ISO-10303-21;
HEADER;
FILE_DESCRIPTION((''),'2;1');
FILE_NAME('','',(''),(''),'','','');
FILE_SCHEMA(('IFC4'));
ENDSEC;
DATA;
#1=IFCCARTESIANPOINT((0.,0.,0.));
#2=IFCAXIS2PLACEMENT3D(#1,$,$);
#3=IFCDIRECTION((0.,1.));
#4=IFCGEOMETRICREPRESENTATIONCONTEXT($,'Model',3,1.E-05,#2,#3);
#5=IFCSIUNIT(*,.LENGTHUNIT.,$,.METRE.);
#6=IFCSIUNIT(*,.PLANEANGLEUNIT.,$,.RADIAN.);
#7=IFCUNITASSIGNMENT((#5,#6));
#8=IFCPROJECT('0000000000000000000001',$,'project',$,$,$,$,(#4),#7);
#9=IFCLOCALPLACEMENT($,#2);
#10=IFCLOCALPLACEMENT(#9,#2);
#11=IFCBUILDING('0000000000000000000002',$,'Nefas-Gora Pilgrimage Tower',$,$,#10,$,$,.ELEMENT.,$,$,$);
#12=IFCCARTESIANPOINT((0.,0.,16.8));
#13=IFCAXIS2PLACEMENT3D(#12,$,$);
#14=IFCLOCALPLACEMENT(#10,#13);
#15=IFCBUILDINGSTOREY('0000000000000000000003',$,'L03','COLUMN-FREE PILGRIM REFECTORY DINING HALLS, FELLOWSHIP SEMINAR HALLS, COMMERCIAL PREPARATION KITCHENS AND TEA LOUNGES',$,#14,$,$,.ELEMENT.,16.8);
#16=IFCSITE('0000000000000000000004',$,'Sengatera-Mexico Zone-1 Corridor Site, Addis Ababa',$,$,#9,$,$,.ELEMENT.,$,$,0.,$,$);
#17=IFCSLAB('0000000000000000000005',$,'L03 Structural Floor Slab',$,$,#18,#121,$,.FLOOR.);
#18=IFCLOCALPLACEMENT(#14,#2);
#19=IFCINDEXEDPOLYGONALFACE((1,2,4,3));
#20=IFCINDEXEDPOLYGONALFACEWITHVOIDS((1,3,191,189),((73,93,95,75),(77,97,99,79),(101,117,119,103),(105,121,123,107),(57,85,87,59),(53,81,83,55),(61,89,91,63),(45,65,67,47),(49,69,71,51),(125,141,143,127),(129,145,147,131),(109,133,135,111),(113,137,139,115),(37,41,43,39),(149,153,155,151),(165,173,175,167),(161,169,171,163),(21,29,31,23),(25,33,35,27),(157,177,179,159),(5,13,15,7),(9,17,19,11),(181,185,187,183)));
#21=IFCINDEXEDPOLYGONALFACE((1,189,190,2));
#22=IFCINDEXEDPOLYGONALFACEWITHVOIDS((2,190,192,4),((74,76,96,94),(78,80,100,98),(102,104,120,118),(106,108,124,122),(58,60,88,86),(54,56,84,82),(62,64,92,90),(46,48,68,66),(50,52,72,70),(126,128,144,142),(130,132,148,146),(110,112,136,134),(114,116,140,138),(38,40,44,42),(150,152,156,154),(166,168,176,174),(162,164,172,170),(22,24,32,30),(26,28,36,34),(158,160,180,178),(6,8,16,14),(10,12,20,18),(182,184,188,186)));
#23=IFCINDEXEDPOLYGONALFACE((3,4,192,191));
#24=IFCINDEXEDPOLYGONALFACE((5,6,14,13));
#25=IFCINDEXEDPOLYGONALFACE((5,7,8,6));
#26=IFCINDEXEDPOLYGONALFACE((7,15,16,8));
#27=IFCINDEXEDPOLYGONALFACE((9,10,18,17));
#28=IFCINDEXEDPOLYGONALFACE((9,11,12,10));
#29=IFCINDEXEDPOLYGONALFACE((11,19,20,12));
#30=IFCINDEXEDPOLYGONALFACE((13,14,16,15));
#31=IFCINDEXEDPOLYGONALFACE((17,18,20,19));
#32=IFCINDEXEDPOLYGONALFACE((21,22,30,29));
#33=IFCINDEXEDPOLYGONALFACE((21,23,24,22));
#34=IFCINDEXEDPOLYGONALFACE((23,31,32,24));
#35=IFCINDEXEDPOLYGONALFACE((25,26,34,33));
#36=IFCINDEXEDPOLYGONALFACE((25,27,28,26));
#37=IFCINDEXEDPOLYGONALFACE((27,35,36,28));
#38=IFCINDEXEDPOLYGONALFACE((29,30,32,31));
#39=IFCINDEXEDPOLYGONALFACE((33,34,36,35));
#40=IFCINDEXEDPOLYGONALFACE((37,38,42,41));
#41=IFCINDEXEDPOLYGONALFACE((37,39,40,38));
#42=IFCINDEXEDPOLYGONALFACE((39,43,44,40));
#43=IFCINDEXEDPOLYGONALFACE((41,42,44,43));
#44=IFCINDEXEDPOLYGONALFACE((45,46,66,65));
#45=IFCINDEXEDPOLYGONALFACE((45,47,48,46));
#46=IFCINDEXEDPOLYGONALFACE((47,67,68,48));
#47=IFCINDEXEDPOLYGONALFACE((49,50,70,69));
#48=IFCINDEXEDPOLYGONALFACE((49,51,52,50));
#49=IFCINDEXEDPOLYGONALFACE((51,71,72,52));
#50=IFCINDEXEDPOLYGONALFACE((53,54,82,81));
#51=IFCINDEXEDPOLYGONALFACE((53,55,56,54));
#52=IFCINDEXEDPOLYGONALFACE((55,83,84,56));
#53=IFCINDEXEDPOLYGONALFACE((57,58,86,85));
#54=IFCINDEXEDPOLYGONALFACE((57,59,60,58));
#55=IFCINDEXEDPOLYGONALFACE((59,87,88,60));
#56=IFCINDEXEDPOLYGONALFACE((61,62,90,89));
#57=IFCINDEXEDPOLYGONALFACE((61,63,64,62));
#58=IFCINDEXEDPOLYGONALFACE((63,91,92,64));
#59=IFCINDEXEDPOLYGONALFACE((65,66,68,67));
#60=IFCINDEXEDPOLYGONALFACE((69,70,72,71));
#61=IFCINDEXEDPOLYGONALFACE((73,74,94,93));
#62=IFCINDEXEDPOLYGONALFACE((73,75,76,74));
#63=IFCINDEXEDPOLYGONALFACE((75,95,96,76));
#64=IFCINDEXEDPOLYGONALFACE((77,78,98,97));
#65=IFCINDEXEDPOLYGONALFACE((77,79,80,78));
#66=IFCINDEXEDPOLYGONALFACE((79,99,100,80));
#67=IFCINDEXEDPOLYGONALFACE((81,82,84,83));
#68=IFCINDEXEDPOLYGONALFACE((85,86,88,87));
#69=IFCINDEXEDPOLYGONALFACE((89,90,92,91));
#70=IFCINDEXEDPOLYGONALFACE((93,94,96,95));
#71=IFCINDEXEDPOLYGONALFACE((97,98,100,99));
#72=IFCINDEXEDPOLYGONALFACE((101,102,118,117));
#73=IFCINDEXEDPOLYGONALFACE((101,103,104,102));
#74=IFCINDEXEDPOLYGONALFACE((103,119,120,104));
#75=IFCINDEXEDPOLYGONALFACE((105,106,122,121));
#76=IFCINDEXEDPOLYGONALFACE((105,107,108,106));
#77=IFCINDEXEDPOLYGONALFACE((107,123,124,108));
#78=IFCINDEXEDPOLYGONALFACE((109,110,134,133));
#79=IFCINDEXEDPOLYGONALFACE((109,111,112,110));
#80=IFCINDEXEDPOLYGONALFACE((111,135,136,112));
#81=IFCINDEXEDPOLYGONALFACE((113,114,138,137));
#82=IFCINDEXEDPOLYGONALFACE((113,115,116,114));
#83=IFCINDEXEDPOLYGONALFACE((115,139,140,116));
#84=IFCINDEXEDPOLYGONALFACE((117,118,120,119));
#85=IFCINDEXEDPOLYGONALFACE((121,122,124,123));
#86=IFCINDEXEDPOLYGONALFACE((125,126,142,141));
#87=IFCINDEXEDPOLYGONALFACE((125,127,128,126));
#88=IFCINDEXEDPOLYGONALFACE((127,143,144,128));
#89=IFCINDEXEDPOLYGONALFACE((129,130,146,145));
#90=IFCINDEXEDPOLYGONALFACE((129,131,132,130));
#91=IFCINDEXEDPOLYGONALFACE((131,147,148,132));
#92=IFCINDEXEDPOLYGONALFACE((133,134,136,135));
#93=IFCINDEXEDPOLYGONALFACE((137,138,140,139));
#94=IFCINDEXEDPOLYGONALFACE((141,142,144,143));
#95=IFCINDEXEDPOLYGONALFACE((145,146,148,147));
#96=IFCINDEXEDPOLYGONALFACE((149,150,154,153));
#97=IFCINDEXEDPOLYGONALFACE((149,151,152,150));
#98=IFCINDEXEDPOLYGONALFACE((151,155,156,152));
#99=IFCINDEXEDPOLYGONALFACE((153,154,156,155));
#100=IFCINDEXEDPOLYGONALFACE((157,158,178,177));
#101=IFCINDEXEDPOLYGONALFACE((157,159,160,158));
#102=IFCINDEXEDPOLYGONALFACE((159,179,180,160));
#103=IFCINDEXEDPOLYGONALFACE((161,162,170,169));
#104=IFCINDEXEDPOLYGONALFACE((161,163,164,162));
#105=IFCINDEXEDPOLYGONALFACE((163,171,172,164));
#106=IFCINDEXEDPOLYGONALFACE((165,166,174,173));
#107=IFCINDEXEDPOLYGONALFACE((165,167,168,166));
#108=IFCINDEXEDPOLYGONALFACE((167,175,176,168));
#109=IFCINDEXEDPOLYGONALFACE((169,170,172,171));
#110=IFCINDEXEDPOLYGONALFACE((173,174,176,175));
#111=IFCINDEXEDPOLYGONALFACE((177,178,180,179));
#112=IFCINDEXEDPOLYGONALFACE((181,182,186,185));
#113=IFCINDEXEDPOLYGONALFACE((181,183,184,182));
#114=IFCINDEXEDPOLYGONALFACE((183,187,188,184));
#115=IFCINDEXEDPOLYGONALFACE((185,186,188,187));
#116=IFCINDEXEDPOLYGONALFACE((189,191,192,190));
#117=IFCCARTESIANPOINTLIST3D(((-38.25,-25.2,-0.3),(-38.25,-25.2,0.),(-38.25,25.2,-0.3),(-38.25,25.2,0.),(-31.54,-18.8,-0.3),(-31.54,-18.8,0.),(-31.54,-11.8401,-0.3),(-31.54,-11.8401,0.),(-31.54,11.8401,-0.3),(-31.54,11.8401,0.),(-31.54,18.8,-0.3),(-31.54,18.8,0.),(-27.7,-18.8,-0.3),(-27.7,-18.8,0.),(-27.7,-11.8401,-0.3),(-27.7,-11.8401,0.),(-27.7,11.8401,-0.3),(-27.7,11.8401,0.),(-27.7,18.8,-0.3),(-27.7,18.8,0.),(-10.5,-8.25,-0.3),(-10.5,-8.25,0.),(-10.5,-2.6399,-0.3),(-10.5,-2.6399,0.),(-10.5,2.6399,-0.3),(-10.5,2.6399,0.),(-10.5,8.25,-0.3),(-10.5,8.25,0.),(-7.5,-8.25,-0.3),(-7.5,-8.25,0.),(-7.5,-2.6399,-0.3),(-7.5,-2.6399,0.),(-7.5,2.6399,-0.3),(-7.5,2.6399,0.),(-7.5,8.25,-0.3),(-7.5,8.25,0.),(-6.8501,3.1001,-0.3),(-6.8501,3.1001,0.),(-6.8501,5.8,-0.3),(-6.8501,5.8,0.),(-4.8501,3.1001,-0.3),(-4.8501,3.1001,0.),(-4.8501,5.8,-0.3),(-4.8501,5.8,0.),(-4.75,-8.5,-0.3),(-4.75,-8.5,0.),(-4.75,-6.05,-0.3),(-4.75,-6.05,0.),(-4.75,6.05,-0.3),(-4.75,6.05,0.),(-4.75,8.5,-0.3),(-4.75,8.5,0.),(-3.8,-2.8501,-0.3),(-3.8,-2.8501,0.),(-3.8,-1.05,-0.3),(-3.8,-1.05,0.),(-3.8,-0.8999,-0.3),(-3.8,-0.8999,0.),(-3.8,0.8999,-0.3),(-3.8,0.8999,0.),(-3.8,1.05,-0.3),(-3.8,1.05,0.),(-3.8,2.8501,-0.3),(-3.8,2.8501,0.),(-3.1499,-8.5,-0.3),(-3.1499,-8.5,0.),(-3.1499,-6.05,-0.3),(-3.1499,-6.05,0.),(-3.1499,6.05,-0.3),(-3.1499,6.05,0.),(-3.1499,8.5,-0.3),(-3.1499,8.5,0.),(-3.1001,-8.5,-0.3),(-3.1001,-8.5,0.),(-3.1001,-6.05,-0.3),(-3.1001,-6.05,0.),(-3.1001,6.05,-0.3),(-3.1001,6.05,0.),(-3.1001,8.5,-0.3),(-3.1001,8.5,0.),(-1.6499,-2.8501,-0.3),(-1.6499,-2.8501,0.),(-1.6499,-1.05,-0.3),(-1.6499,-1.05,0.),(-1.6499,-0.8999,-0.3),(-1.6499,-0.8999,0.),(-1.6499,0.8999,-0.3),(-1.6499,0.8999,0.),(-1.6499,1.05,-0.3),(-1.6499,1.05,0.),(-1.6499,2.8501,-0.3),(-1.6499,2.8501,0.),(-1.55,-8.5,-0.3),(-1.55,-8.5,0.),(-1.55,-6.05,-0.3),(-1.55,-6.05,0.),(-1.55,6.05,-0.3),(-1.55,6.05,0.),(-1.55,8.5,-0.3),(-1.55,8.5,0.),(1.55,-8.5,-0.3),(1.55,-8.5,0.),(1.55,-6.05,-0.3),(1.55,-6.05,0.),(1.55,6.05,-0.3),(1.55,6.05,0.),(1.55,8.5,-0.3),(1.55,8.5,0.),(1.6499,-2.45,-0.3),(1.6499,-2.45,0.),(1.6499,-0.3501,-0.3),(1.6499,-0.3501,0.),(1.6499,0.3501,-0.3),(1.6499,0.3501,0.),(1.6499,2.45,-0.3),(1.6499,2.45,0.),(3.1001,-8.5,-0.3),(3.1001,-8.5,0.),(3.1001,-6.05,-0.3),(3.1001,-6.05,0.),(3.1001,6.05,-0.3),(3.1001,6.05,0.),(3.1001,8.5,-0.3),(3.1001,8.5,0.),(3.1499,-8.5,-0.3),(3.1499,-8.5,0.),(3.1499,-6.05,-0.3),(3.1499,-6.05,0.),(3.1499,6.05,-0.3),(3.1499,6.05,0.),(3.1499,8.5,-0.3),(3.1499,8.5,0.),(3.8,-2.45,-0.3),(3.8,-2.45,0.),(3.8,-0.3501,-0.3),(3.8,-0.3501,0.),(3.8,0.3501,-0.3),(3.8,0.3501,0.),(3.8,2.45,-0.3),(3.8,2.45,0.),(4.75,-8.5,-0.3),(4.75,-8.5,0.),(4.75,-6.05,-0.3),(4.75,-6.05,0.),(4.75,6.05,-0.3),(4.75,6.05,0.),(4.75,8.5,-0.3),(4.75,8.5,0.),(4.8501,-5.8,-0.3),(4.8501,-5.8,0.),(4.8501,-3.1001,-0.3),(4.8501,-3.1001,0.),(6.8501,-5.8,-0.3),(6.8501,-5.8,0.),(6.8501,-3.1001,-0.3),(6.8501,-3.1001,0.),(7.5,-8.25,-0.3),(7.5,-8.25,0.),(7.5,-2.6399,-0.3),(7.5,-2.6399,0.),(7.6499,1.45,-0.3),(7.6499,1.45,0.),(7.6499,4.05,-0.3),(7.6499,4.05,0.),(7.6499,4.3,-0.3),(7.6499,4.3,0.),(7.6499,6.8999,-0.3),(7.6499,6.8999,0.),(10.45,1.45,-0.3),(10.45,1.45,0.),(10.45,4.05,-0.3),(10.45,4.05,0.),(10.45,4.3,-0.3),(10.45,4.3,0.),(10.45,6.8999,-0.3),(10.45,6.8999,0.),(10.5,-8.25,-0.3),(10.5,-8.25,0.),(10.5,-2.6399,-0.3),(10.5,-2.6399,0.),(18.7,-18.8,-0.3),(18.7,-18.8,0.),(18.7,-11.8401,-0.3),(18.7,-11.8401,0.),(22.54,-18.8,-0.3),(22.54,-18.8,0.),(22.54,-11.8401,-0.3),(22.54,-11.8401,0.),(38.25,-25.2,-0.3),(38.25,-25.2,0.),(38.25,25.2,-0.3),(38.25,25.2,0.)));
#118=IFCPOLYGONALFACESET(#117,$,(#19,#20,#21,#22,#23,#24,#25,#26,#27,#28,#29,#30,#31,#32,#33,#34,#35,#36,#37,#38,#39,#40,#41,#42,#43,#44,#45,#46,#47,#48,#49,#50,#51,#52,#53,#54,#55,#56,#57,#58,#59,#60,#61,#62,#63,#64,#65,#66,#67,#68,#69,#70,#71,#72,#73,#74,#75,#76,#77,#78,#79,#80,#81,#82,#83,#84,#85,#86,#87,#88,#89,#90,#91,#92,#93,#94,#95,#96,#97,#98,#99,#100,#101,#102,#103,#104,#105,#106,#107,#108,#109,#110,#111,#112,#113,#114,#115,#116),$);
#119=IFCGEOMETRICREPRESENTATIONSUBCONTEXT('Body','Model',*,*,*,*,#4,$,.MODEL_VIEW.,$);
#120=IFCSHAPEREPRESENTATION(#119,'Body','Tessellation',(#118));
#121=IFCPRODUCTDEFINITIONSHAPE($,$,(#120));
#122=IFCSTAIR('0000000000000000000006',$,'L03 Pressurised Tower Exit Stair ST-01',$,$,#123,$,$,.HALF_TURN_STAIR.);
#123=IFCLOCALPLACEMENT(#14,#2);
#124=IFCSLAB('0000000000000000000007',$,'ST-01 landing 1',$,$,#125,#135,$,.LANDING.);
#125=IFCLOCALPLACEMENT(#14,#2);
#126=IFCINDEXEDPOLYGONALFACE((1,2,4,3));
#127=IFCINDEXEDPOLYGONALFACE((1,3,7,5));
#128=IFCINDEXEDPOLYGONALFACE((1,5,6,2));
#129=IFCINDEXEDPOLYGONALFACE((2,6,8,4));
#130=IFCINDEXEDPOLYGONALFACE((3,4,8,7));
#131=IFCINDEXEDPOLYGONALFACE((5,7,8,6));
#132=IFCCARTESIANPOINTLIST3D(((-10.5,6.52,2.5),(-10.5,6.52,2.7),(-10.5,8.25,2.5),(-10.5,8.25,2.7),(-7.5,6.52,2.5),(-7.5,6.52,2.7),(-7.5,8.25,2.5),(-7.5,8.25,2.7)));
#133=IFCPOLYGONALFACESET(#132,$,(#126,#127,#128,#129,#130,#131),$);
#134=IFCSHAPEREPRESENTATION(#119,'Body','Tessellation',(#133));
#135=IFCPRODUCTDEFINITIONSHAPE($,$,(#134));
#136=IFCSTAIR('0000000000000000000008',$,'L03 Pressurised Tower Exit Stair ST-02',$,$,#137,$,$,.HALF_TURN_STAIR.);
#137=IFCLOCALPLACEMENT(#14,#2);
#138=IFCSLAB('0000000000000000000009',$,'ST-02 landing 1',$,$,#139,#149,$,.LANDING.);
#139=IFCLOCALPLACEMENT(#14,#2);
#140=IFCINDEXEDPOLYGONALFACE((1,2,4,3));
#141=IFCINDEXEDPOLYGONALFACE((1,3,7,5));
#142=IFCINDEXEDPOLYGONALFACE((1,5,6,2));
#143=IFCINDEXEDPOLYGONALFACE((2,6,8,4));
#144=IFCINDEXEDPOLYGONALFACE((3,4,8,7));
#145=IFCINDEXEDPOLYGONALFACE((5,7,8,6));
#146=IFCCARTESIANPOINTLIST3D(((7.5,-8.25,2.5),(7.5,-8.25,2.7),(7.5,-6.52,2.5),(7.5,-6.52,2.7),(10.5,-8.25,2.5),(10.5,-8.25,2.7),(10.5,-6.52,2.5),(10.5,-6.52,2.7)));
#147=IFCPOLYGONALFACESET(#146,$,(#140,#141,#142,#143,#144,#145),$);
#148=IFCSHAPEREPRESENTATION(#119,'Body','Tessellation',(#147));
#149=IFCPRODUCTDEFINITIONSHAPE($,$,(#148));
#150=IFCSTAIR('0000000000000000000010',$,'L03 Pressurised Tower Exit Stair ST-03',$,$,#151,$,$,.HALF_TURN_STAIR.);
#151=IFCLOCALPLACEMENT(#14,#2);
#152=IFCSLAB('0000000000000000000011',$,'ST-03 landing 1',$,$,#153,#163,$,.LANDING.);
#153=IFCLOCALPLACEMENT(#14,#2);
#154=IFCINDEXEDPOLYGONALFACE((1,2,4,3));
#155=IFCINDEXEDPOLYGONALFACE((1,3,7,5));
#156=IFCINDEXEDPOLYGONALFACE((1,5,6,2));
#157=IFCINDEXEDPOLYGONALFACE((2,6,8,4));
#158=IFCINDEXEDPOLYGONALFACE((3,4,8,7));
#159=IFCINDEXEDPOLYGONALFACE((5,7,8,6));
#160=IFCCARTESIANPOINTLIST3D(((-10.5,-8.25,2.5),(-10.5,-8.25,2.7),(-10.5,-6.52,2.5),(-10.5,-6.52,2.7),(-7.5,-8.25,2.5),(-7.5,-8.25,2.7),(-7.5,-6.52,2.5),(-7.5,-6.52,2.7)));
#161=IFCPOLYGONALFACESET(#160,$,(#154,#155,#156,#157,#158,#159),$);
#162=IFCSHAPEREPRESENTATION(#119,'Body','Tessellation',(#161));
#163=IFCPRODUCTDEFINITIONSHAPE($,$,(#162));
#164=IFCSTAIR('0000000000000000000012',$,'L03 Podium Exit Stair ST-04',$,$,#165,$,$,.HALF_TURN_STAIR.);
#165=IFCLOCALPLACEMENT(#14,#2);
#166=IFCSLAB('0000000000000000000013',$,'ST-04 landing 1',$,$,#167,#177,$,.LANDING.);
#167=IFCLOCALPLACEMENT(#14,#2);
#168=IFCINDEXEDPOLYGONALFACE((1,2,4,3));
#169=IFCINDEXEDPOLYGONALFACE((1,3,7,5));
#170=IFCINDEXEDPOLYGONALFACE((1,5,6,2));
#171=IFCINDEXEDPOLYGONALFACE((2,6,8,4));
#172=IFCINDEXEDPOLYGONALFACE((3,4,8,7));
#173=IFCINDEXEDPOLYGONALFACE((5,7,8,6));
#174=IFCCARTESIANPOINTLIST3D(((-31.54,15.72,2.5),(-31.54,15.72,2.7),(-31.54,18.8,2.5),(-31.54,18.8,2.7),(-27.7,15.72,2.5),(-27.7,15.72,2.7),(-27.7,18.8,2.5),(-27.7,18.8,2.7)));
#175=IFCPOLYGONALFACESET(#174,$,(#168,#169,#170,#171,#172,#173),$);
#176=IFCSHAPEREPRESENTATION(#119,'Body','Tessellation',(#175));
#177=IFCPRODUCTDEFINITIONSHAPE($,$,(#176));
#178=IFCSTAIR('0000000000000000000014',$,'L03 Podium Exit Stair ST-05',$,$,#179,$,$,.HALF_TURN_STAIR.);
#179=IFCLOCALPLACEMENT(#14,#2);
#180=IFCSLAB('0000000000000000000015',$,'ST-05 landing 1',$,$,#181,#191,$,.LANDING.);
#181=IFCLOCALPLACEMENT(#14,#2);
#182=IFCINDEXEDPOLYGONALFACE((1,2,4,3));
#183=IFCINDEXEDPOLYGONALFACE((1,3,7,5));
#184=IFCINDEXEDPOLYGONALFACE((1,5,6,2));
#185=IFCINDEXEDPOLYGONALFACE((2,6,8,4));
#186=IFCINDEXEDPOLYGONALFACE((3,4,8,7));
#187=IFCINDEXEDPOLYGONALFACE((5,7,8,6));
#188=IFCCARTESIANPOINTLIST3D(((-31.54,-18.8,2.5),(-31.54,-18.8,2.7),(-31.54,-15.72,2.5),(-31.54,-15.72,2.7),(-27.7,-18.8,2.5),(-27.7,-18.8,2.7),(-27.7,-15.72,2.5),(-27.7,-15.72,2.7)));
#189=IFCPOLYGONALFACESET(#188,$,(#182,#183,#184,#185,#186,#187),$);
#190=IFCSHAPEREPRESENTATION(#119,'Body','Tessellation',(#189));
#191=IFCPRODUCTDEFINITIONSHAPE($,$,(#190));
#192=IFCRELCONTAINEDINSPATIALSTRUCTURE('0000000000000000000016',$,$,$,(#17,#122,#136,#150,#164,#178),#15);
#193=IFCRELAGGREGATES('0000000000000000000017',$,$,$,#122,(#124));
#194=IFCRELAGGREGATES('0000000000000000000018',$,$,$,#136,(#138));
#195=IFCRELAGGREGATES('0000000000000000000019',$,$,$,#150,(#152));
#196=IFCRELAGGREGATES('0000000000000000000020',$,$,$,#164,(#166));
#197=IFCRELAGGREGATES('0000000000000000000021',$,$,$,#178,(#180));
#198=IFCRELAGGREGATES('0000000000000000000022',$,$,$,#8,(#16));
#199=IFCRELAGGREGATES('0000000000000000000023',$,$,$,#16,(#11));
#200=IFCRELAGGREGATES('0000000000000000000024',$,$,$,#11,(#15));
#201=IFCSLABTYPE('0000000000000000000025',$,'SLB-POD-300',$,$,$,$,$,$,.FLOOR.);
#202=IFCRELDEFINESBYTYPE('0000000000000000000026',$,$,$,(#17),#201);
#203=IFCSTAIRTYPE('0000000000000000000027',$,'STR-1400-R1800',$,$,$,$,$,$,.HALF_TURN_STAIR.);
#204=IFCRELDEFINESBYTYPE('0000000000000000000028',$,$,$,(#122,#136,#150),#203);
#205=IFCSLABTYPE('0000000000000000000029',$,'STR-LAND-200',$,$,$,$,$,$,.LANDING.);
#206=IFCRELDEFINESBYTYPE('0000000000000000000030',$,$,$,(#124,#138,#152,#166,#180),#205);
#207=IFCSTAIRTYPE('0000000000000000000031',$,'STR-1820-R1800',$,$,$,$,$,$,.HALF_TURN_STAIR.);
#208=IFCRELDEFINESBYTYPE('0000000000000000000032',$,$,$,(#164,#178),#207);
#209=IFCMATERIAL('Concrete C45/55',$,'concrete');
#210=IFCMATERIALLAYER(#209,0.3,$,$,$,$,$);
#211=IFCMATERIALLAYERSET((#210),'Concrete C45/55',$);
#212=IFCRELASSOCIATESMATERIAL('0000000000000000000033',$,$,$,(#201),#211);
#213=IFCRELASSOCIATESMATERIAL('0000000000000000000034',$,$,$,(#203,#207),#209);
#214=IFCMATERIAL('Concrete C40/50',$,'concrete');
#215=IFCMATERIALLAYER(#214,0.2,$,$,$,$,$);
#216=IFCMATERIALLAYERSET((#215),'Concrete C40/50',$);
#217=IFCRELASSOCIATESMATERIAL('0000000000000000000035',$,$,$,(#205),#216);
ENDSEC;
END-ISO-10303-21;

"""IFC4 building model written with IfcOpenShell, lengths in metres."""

from ifc_helpers import new_model, si_unit, direction, frame, origin, place, context, subcontext, project, spatial, polyline, outline, extrude, material, layer, layer_set, type_object, element, aggregate, save


model = new_model("IFC4")

# Units and contexts
model_context = context("Model", 3, precision=1e-05, world=origin(), true_north=direction((0.0, 1.0)))
body_context = subcontext(model_context, "Body", "Model", "MODEL_VIEW")
ifc_project = project(units=[si_unit("LENGTHUNIT", "METRE"), si_unit("PLANEANGLEUNIT", "RADIAN")], contexts=[model_context])

# Site, building, storey
site_placement = place(None, origin())
site = spatial("IfcSite", under=ifc_project, at=site_placement, Name="Sengatera-Mexico Zone-1 Corridor Site, Addis Ababa", CompositionType="ELEMENT", RefElevation=0.0)
building_placement = place(site_placement, origin())
building = spatial("IfcBuilding", under=site, at=building_placement, Name="Nefas-Gora Pilgrimage Tower", CompositionType="ELEMENT")
storey_placement = place(building_placement, frame((0.0, 0.0, 16.8)))
storey = spatial("IfcBuildingStorey", under=building, at=storey_placement, Name="L03", Description="COLUMN-FREE PILGRIM REFECTORY DINING HALLS, FELLOWSHIP SEMINAR HALLS, COMMERCIAL PREPARATION KITCHENS AND TEA LOUNGES", CompositionType="ELEMENT", Elevation=16.8)

# Slab
ifc_material_1 = material(Name="Concrete C45/55", Category="concrete")
ifc_layer_1 = layer(ifc_material_1, 0.3)
ifc_layer_set_1 = layer_set([ifc_layer_1], Name="Concrete C45/55")
slab_type_1 = type_object("IfcSlabType", Name="SLB-POD-300", PredefinedType="FLOOR", material=ifc_layer_set_1)
slab_1_placement = place(storey_placement, frame((0.0, 0.0, -0.3)))
element("IfcSlab", 1, at=slab_1_placement, inside=storey, type_object=slab_type_1, Name="L03 Structural Floor Slab", PredefinedType="FLOOR", context=body_context, shape_type="SweptSolid", body=[
    extrude(outline(polyline([(38.25, -25.2), (38.25, 25.2), (-38.25, 25.2), (-38.25, -25.2), (38.25, -25.2)]), holes=[polyline([(-10.5, 2.6399), (-10.5, 8.25), (-7.5, 8.25), (-7.5, 2.6399), (-10.5, 2.6399)]), polyline([(10.5, -2.6399), (10.5, -8.25), (7.5, -8.25), (7.5, -2.6399), (10.5, -2.6399)]), polyline([(-7.5, -2.6399), (-7.5, -8.25), (-10.5, -8.25), (-10.5, -2.6399), (-7.5, -2.6399)]), polyline([(-31.54, 11.8401), (-31.54, 18.8), (-27.7, 18.8), (-27.7, 11.8401), (-31.54, 11.8401)]), polyline([(-27.7, -11.8401), (-27.7, -18.8), (-31.54, -18.8), (-31.54, -11.8401), (-27.7, -11.8401)]), polyline([(22.54, -11.8401), (22.54, -18.8), (18.7, -18.8), (18.7, -11.8401), (22.54, -11.8401)]), polyline([(-6.8501, 5.8), (-4.8501, 5.8), (-4.8501, 3.1001), (-6.8501, 3.1001), (-6.8501, 5.8)]), polyline([(4.8501, -3.1001), (6.8501, -3.1001), (6.8501, -5.8), (4.8501, -5.8), (4.8501, -3.1001)]), polyline([(7.6499, 4.05), (10.45, 4.05), (10.45, 1.45), (7.6499, 1.45), (7.6499, 4.05)]), polyline([(7.6499, 6.8999), (10.45, 6.8999), (10.45, 4.3), (7.6499, 4.3), (7.6499, 6.8999)]), polyline([(-4.75, 8.5), (-3.1499, 8.5), (-3.1499, 6.05), (-4.75, 6.05), (-4.75, 8.5)]), polyline([(-3.1001, 8.5), (-1.55, 8.5), (-1.55, 6.05), (-3.1001, 6.05), (-3.1001, 8.5)]), polyline([(1.55, 8.5), (3.1001, 8.5), (3.1001, 6.05), (1.55, 6.05), (1.55, 8.5)]), polyline([(3.1499, 8.5), (4.75, 8.5), (4.75, 6.05), (3.1499, 6.05), (3.1499, 8.5)]), polyline([(-4.75, -6.05), (-3.1499, -6.05), (-3.1499, -8.5), (-4.75, -8.5), (-4.75, -6.05)]), polyline([(-3.1001, -6.05), (-1.55, -6.05), (-1.55, -8.5), (-3.1001, -8.5), (-3.1001, -6.05)]), polyline([(1.55, -6.05), (3.1001, -6.05), (3.1001, -8.5), (1.55, -8.5), (1.55, -6.05)]), polyline([(3.1499, -6.05), (4.75, -6.05), (4.75, -8.5), (3.1499, -8.5), (3.1499, -6.05)]), polyline([(-3.8, -1.05), (-1.6499, -1.05), (-1.6499, -2.8501), (-3.8, -2.8501), (-3.8, -1.05)]), polyline([(-3.8, 0.8999), (-1.6499, 0.8999), (-1.6499, -0.8999), (-3.8, -0.8999), (-3.8, 0.8999)]), polyline([(-3.8, 2.8501), (-1.6499, 2.8501), (-1.6499, 1.05), (-3.8, 1.05), (-3.8, 2.8501)]), polyline([(1.6499, -0.3501), (3.8, -0.3501), (3.8, -2.45), (1.6499, -2.45), (1.6499, -0.3501)]), polyline([(1.6499, 2.45), (3.8, 2.45), (3.8, 0.3501), (1.6499, 0.3501), (1.6499, 2.45)])]), origin(), (0.0, 0.0, 1.0), 0.3),
])

# Stairs, slabs
stair_type_1 = type_object("IfcStairType", Name="STR-1400-R1800", PredefinedType="HALF_TURN_STAIR", material=ifc_material_1)
stair_1_placement = place(storey_placement, origin())
stair_1 = element("IfcStair", 2, at=stair_1_placement, inside=storey, type_object=stair_type_1, Name="L03 Pressurised Tower Exit Stair ST-01", PredefinedType="HALF_TURN_STAIR")
ifc_material_2 = material(Name="Concrete C40/50", Category="concrete")
ifc_layer_2 = layer(ifc_material_2, 0.2)
ifc_layer_set_2 = layer_set([ifc_layer_2], Name="Concrete C40/50")
slab_type_2 = type_object("IfcSlabType", Name="STR-LAND-200", PredefinedType="LANDING", material=ifc_layer_set_2)
slab_2_placement = place(storey_placement, frame((0.0, 0.0, 2.5)))
slab_2 = element("IfcSlab", 3, at=slab_2_placement, type_object=slab_type_2, Name="ST-01 landing 1", PredefinedType="LANDING", context=body_context, shape_type="SweptSolid", body=[
    extrude(outline(polyline([(-7.5, 6.52), (-7.5, 8.25), (-10.5, 8.25), (-10.5, 6.52), (-7.5, 6.52)])), origin(), (0.0, 0.0, 1.0), 0.2),
])
aggregate(stair_1, [slab_2])
stair_2_placement = place(storey_placement, origin())
stair_2 = element("IfcStair", 4, at=stair_2_placement, inside=storey, type_object=stair_type_1, Name="L03 Pressurised Tower Exit Stair ST-02", PredefinedType="HALF_TURN_STAIR")
slab_3_placement = place(storey_placement, frame((0.0, 0.0, 2.5)))
slab_3 = element("IfcSlab", 5, at=slab_3_placement, type_object=slab_type_2, Name="ST-02 landing 1", PredefinedType="LANDING", context=body_context, shape_type="SweptSolid", body=[
    extrude(outline(polyline([(7.5, -6.52), (7.5, -8.25), (10.5, -8.25), (10.5, -6.52), (7.5, -6.52)])), origin(), (0.0, 0.0, 1.0), 0.2),
])
aggregate(stair_2, [slab_3])
stair_3_placement = place(storey_placement, origin())
stair_3 = element("IfcStair", 6, at=stair_3_placement, inside=storey, type_object=stair_type_1, Name="L03 Pressurised Tower Exit Stair ST-03", PredefinedType="HALF_TURN_STAIR")
slab_4_placement = place(storey_placement, frame((0.0, 0.0, 2.5)))
slab_4 = element("IfcSlab", 7, at=slab_4_placement, type_object=slab_type_2, Name="ST-03 landing 1", PredefinedType="LANDING", context=body_context, shape_type="SweptSolid", body=[
    extrude(outline(polyline([(-10.5, -6.52), (-10.5, -8.25), (-7.5, -8.25), (-7.5, -6.52), (-10.5, -6.52)])), origin(), (0.0, 0.0, 1.0), 0.2),
])
aggregate(stair_3, [slab_4])
stair_type_2 = type_object("IfcStairType", Name="STR-1820-R1800", PredefinedType="HALF_TURN_STAIR", material=ifc_material_1)
stair_4_placement = place(storey_placement, origin())
stair_4 = element("IfcStair", 8, at=stair_4_placement, inside=storey, type_object=stair_type_2, Name="L03 Podium Exit Stair ST-04", PredefinedType="HALF_TURN_STAIR")
slab_5_placement = place(storey_placement, frame((0.0, 0.0, 2.5)))
slab_5 = element("IfcSlab", 9, at=slab_5_placement, type_object=slab_type_2, Name="ST-04 landing 1", PredefinedType="LANDING", context=body_context, shape_type="SweptSolid", body=[
    extrude(outline(polyline([(-27.7, 15.72), (-27.7, 18.8), (-31.54, 18.8), (-31.54, 15.72), (-27.7, 15.72)])), origin(), (0.0, 0.0, 1.0), 0.2),
])
aggregate(stair_4, [slab_5])
stair_5_placement = place(storey_placement, origin())
stair_5 = element("IfcStair", 10, at=stair_5_placement, inside=storey, type_object=stair_type_2, Name="L03 Podium Exit Stair ST-05", PredefinedType="HALF_TURN_STAIR")
slab_6_placement = place(storey_placement, frame((0.0, 0.0, 2.5)))
slab_6 = element("IfcSlab", 11, at=slab_6_placement, type_object=slab_type_2, Name="ST-05 landing 1", PredefinedType="LANDING", context=body_context, shape_type="SweptSolid", body=[
    extrude(outline(polyline([(-31.54, -15.72), (-31.54, -18.8), (-27.7, -18.8), (-27.7, -15.72), (-31.54, -15.72)])), origin(), (0.0, 0.0, 1.0), 0.2),
])
aggregate(stair_5, [slab_6])

save(model, "model.ifc")
